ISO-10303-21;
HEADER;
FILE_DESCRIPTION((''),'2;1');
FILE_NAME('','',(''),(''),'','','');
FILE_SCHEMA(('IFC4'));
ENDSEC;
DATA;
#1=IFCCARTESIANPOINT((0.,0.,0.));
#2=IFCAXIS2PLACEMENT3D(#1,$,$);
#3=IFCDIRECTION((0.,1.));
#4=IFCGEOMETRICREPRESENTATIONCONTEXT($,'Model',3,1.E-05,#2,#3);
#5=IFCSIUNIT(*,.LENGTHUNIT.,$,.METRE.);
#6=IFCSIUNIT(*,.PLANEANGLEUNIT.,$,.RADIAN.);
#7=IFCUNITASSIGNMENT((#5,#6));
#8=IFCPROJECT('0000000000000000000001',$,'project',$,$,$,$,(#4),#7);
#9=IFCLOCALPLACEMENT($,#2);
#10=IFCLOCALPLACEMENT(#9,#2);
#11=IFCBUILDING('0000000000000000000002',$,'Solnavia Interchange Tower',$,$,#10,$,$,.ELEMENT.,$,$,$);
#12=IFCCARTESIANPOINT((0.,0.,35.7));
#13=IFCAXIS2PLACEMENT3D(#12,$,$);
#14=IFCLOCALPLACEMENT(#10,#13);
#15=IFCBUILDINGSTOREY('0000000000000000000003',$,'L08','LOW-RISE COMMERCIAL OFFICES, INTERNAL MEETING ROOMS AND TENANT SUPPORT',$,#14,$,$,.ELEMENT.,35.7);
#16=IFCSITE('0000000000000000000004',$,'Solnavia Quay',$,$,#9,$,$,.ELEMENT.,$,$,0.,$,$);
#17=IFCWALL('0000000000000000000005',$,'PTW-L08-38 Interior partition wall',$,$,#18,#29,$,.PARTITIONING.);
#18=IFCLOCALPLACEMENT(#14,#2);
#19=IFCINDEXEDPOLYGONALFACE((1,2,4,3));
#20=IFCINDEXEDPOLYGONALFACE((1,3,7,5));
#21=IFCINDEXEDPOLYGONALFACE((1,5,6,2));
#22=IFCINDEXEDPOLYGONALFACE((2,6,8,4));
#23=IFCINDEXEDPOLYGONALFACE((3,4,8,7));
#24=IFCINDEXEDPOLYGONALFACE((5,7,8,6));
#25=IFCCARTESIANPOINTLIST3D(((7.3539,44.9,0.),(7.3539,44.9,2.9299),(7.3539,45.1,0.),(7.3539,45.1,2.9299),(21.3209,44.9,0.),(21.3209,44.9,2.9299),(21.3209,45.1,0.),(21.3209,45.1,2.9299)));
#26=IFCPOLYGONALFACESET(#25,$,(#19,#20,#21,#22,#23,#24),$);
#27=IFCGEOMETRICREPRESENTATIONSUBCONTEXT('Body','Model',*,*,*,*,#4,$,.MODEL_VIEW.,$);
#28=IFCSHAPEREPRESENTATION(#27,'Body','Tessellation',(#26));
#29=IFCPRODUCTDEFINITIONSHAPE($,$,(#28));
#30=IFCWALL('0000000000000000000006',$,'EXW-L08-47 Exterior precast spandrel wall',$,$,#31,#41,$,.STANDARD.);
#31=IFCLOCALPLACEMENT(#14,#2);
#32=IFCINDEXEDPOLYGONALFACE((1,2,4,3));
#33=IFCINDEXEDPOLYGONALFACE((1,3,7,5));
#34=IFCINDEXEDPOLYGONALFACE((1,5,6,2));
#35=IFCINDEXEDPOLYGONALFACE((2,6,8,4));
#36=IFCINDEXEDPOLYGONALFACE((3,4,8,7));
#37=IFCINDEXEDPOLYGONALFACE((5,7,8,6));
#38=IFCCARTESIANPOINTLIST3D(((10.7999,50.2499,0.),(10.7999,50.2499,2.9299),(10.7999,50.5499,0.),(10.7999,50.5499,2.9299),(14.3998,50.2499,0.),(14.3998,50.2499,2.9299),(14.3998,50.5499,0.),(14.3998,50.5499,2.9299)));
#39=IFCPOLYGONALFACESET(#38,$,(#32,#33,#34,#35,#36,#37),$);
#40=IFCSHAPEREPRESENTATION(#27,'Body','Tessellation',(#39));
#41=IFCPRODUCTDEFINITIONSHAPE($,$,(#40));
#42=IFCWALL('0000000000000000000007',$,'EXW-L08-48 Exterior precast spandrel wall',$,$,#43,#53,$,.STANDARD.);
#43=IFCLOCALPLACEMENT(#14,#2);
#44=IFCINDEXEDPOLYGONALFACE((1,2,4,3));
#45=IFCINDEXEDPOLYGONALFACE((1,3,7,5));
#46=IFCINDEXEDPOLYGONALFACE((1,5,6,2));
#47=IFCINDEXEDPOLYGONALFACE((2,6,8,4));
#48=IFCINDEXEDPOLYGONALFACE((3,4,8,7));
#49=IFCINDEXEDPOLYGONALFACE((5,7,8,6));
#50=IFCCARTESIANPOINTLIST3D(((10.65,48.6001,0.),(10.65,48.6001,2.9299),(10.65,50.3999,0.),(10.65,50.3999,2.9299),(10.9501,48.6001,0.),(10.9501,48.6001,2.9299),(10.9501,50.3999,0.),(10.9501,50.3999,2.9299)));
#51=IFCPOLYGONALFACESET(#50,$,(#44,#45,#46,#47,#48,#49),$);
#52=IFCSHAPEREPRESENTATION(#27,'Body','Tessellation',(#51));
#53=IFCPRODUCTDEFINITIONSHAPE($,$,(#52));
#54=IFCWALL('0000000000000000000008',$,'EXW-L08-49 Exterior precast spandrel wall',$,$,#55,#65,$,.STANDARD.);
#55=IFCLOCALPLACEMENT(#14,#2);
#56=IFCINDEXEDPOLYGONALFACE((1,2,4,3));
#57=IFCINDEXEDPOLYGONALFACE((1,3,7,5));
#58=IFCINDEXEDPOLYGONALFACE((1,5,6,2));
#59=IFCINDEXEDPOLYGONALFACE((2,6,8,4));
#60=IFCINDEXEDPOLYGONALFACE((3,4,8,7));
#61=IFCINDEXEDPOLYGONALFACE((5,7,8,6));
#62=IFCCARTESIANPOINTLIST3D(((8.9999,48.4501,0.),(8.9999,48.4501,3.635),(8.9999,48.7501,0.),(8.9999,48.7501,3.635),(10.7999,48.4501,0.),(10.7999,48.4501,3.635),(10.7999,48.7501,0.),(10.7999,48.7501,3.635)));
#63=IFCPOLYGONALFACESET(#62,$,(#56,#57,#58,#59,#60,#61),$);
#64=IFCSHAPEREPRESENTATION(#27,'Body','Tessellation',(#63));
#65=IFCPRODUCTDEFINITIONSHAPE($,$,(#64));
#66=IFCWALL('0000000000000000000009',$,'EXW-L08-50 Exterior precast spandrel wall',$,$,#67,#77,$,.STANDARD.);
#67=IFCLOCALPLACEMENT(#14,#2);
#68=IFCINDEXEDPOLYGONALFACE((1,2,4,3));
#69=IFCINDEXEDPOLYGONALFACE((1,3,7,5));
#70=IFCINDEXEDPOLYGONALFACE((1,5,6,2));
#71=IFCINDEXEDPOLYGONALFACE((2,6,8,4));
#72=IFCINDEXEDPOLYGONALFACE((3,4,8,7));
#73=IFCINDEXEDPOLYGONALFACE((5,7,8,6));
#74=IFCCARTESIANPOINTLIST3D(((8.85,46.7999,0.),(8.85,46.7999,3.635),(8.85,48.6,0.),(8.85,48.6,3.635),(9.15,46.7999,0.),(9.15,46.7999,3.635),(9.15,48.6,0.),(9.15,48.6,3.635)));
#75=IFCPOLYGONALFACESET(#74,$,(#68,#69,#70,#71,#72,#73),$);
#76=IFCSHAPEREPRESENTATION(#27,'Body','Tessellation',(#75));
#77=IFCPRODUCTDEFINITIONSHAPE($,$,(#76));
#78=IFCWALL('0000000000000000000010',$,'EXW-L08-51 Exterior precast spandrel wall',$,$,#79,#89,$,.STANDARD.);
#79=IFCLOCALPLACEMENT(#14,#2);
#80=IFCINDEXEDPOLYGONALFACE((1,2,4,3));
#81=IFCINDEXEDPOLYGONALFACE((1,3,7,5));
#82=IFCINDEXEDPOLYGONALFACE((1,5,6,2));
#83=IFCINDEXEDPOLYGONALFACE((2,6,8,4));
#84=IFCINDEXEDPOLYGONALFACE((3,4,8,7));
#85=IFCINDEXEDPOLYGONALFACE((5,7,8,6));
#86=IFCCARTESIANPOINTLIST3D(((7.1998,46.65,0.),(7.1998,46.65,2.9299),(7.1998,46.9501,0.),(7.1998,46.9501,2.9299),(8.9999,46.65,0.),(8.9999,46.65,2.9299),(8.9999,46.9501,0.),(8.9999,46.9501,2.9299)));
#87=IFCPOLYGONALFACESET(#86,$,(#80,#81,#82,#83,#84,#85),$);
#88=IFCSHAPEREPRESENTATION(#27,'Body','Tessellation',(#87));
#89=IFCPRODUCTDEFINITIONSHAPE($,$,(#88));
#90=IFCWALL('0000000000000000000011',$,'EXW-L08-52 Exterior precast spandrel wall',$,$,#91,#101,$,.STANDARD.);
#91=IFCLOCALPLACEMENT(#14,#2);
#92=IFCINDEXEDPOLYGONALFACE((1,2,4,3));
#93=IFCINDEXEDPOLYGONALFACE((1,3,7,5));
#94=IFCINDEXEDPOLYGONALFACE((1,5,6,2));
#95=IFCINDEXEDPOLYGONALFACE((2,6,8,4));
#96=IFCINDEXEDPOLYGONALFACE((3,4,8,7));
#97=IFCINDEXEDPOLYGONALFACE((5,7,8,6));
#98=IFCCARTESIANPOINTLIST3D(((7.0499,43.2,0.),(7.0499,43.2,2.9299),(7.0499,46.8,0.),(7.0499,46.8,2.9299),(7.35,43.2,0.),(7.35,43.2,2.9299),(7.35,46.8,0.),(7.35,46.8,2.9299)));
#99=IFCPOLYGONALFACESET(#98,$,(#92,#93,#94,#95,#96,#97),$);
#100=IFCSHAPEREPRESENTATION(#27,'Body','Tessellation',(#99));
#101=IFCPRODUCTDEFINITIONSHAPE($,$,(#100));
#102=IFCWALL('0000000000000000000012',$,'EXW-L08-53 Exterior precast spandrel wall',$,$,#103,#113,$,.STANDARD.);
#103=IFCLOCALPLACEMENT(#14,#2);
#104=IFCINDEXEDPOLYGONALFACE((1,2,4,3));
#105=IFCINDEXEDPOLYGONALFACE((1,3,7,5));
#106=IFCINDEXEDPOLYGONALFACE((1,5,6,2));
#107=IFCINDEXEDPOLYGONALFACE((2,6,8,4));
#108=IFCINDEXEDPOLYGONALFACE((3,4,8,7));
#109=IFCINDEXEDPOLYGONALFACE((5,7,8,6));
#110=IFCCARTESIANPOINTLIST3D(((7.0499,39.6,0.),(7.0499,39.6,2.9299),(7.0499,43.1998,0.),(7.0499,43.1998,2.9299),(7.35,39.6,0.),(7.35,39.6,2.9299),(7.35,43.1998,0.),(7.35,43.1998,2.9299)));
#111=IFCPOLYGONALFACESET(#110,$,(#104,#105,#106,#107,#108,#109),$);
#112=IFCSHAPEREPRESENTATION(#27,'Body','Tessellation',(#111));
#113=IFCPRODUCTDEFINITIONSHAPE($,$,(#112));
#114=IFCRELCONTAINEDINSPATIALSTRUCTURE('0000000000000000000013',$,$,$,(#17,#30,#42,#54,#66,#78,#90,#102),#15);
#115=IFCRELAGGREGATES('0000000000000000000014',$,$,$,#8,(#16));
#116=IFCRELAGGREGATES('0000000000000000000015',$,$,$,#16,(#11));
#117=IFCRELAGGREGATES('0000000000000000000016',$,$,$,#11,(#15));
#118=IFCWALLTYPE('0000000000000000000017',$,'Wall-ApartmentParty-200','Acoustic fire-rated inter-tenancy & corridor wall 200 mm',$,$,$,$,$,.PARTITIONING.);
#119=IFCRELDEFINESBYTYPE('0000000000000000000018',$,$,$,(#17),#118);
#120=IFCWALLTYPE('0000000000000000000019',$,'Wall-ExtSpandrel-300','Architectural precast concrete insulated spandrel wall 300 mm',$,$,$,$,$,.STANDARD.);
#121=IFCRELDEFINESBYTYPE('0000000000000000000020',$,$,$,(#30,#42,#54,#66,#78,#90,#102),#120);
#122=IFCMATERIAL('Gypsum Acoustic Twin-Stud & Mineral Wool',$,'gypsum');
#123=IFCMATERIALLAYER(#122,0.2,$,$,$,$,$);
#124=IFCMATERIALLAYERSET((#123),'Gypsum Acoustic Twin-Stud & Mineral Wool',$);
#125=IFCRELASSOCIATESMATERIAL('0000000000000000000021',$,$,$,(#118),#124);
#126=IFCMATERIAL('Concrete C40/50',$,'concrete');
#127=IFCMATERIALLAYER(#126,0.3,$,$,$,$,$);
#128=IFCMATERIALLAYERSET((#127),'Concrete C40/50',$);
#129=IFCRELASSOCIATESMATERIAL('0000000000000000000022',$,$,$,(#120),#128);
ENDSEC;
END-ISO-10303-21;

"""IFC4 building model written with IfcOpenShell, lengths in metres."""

from ifc_helpers import new_model, si_unit, direction, frame, frame_2d, origin, place, context, subcontext, project, spatial, rectangle, extrude, material, layer, layer_set, type_object, element, save


model = new_model("IFC4")

# Units and contexts
model_context = context("Model", 3, precision=1e-05, world=origin(), true_north=direction((0.0, 1.0)))
body_context = subcontext(model_context, "Body", "Model", "MODEL_VIEW")
ifc_project = project(units=[si_unit("LENGTHUNIT", "METRE"), si_unit("PLANEANGLEUNIT", "RADIAN")], contexts=[model_context])

# Site, building, storey
site_placement = place(None, origin())
site = spatial("IfcSite", under=ifc_project, at=site_placement, Name="Solnavia Quay", CompositionType="ELEMENT", RefElevation=0.0)
building_placement = place(site_placement, origin())
building = spatial("IfcBuilding", under=site, at=building_placement, Name="Solnavia Interchange Tower", CompositionType="ELEMENT")
storey_placement = place(building_placement, frame((0.0, 0.0, 35.7)))
storey = spatial("IfcBuildingStorey", under=building, at=storey_placement, Name="L08", Description="LOW-RISE COMMERCIAL OFFICES, INTERNAL MEETING ROOMS AND TENANT SUPPORT", CompositionType="ELEMENT", Elevation=35.7)

# Walls
ifc_material_1 = material(Name="Gypsum Acoustic Twin-Stud & Mineral Wool", Category="gypsum")
ifc_layer_1 = layer(ifc_material_1, 0.2)
ifc_layer_set_1 = layer_set([ifc_layer_1], Name="Gypsum Acoustic Twin-Stud & Mineral Wool")
wall_type_1 = type_object("IfcWallType", Name="Wall-ApartmentParty-200", Description="Acoustic fire-rated inter-tenancy & corridor wall 200 mm", PredefinedType="PARTITIONING", material=ifc_layer_set_1)
wall_1_placement = place(storey_placement, frame((7.354, 45.0, 0.0), z_axis=(0.0, 0.0, 1.0), x_axis=(1.0, 0.0, 0.0)))
element("IfcWall", 1, at=wall_1_placement, inside=storey, type_object=wall_type_1, Name="PTW-L08-38 Interior partition wall", PredefinedType="PARTITIONING", context=body_context, shape_type="SweptSolid", body=[
    extrude(rectangle(XDim=13.967, YDim=0.2, at=frame_2d((6.9834, 0.0))), origin(), (0.0, 0.0, 1.0), 2.9299),
])
ifc_material_2 = material(Name="Concrete C40/50", Category="concrete")
ifc_layer_2 = layer(ifc_material_2, 0.3)
ifc_layer_set_2 = layer_set([ifc_layer_2], Name="Concrete C40/50")
wall_type_2 = type_object("IfcWallType", Name="Wall-ExtSpandrel-300", Description="Architectural precast concrete insulated spandrel wall 300 mm", PredefinedType="STANDARD", material=ifc_layer_set_2)
wall_2_placement = place(storey_placement, frame((10.8, 50.3999, 0.0), z_axis=(0.0, 0.0, 1.0), x_axis=(1.0, 0.0, 0.0)))
element("IfcWall", 2, at=wall_2_placement, inside=storey, type_object=wall_type_2, Name="EXW-L08-47 Exterior precast spandrel wall", PredefinedType="STANDARD", context=body_context, shape_type="SweptSolid", body=[
    extrude(rectangle(XDim=3.5999, YDim=0.3, at=frame_2d((1.7998, 0.0))), origin(), (0.0, 0.0, 1.0), 2.9299),
])
wall_3_placement = place(storey_placement, frame((10.8, 48.6001, 0.0), z_axis=(0.0, 0.0, 1.0), x_axis=(0.0, 1.0, 0.0)))
element("IfcWall", 3, at=wall_3_placement, inside=storey, type_object=wall_type_2, Name="EXW-L08-48 Exterior precast spandrel wall", PredefinedType="STANDARD", context=body_context, shape_type="SweptSolid", body=[
    extrude(rectangle(XDim=1.7998, YDim=0.3, at=frame_2d((0.8999, 0.0))), origin(), (0.0, 0.0, 1.0), 2.9299),
])
for number, where, z_axis, x_axis, name in (
    (4, (9.0, 48.6001, 0.0), (0.0, 0.0, 1.0), (1.0, 0.0, 0.0), "EXW-L08-49 Exterior precast spandrel wall"),
    (5, (9.0, 46.8, 0.0), (0.0, 0.0, 1.0), (0.0, 1.0, 0.0), "EXW-L08-50 Exterior precast spandrel wall"),
):
    element("IfcWall", number, at=place(storey_placement, frame(where, z_axis=z_axis, x_axis=x_axis)), inside=storey, type_object=wall_type_2, Name=name, PredefinedType="STANDARD", context=body_context, shape_type="SweptSolid", body=[
        extrude(rectangle(XDim=1.8, YDim=0.3, at=frame_2d((0.8999, 0.0))), origin(), (0.0, 0.0, 1.0), 3.635),
    ])
wall_4_placement = place(storey_placement, frame((7.2, 46.8, 0.0), z_axis=(0.0, 0.0, 1.0), x_axis=(1.0, 0.0, 0.0)))
element("IfcWall", 6, at=wall_4_placement, inside=storey, type_object=wall_type_2, Name="EXW-L08-51 Exterior precast spandrel wall", PredefinedType="STANDARD", context=body_context, shape_type="SweptSolid", body=[
    extrude(rectangle(XDim=1.8, YDim=0.3, at=frame_2d((0.8999, 0.0))), origin(), (0.0, 0.0, 1.0), 2.9299),
])
wall_5_placement = place(storey_placement, frame((7.2, 43.2, 0.0), z_axis=(0.0, 0.0, 1.0), x_axis=(0.0, 1.0, 0.0)))
element("IfcWall", 7, at=wall_5_placement, inside=storey, type_object=wall_type_2, Name="EXW-L08-52 Exterior precast spandrel wall", PredefinedType="STANDARD", context=body_context, shape_type="SweptSolid", body=[
    extrude(rectangle(XDim=3.6001, YDim=0.3, at=frame_2d((1.8, 0.0))), origin(), (0.0, 0.0, 1.0), 2.9299),
])
wall_6_placement = place(storey_placement, frame((7.2, 39.6001, 0.0), z_axis=(0.0, 0.0, 1.0), x_axis=(0.0, 1.0, 0.0)))
element("IfcWall", 8, at=wall_6_placement, inside=storey, type_object=wall_type_2, Name="EXW-L08-53 Exterior precast spandrel wall", PredefinedType="STANDARD", context=body_context, shape_type="SweptSolid", body=[
    extrude(rectangle(XDim=3.5999, YDim=0.3, at=frame_2d((1.7998, 0.0))), origin(), (0.0, 0.0, 1.0), 2.9299),
])

save(model, "model.ifc")
